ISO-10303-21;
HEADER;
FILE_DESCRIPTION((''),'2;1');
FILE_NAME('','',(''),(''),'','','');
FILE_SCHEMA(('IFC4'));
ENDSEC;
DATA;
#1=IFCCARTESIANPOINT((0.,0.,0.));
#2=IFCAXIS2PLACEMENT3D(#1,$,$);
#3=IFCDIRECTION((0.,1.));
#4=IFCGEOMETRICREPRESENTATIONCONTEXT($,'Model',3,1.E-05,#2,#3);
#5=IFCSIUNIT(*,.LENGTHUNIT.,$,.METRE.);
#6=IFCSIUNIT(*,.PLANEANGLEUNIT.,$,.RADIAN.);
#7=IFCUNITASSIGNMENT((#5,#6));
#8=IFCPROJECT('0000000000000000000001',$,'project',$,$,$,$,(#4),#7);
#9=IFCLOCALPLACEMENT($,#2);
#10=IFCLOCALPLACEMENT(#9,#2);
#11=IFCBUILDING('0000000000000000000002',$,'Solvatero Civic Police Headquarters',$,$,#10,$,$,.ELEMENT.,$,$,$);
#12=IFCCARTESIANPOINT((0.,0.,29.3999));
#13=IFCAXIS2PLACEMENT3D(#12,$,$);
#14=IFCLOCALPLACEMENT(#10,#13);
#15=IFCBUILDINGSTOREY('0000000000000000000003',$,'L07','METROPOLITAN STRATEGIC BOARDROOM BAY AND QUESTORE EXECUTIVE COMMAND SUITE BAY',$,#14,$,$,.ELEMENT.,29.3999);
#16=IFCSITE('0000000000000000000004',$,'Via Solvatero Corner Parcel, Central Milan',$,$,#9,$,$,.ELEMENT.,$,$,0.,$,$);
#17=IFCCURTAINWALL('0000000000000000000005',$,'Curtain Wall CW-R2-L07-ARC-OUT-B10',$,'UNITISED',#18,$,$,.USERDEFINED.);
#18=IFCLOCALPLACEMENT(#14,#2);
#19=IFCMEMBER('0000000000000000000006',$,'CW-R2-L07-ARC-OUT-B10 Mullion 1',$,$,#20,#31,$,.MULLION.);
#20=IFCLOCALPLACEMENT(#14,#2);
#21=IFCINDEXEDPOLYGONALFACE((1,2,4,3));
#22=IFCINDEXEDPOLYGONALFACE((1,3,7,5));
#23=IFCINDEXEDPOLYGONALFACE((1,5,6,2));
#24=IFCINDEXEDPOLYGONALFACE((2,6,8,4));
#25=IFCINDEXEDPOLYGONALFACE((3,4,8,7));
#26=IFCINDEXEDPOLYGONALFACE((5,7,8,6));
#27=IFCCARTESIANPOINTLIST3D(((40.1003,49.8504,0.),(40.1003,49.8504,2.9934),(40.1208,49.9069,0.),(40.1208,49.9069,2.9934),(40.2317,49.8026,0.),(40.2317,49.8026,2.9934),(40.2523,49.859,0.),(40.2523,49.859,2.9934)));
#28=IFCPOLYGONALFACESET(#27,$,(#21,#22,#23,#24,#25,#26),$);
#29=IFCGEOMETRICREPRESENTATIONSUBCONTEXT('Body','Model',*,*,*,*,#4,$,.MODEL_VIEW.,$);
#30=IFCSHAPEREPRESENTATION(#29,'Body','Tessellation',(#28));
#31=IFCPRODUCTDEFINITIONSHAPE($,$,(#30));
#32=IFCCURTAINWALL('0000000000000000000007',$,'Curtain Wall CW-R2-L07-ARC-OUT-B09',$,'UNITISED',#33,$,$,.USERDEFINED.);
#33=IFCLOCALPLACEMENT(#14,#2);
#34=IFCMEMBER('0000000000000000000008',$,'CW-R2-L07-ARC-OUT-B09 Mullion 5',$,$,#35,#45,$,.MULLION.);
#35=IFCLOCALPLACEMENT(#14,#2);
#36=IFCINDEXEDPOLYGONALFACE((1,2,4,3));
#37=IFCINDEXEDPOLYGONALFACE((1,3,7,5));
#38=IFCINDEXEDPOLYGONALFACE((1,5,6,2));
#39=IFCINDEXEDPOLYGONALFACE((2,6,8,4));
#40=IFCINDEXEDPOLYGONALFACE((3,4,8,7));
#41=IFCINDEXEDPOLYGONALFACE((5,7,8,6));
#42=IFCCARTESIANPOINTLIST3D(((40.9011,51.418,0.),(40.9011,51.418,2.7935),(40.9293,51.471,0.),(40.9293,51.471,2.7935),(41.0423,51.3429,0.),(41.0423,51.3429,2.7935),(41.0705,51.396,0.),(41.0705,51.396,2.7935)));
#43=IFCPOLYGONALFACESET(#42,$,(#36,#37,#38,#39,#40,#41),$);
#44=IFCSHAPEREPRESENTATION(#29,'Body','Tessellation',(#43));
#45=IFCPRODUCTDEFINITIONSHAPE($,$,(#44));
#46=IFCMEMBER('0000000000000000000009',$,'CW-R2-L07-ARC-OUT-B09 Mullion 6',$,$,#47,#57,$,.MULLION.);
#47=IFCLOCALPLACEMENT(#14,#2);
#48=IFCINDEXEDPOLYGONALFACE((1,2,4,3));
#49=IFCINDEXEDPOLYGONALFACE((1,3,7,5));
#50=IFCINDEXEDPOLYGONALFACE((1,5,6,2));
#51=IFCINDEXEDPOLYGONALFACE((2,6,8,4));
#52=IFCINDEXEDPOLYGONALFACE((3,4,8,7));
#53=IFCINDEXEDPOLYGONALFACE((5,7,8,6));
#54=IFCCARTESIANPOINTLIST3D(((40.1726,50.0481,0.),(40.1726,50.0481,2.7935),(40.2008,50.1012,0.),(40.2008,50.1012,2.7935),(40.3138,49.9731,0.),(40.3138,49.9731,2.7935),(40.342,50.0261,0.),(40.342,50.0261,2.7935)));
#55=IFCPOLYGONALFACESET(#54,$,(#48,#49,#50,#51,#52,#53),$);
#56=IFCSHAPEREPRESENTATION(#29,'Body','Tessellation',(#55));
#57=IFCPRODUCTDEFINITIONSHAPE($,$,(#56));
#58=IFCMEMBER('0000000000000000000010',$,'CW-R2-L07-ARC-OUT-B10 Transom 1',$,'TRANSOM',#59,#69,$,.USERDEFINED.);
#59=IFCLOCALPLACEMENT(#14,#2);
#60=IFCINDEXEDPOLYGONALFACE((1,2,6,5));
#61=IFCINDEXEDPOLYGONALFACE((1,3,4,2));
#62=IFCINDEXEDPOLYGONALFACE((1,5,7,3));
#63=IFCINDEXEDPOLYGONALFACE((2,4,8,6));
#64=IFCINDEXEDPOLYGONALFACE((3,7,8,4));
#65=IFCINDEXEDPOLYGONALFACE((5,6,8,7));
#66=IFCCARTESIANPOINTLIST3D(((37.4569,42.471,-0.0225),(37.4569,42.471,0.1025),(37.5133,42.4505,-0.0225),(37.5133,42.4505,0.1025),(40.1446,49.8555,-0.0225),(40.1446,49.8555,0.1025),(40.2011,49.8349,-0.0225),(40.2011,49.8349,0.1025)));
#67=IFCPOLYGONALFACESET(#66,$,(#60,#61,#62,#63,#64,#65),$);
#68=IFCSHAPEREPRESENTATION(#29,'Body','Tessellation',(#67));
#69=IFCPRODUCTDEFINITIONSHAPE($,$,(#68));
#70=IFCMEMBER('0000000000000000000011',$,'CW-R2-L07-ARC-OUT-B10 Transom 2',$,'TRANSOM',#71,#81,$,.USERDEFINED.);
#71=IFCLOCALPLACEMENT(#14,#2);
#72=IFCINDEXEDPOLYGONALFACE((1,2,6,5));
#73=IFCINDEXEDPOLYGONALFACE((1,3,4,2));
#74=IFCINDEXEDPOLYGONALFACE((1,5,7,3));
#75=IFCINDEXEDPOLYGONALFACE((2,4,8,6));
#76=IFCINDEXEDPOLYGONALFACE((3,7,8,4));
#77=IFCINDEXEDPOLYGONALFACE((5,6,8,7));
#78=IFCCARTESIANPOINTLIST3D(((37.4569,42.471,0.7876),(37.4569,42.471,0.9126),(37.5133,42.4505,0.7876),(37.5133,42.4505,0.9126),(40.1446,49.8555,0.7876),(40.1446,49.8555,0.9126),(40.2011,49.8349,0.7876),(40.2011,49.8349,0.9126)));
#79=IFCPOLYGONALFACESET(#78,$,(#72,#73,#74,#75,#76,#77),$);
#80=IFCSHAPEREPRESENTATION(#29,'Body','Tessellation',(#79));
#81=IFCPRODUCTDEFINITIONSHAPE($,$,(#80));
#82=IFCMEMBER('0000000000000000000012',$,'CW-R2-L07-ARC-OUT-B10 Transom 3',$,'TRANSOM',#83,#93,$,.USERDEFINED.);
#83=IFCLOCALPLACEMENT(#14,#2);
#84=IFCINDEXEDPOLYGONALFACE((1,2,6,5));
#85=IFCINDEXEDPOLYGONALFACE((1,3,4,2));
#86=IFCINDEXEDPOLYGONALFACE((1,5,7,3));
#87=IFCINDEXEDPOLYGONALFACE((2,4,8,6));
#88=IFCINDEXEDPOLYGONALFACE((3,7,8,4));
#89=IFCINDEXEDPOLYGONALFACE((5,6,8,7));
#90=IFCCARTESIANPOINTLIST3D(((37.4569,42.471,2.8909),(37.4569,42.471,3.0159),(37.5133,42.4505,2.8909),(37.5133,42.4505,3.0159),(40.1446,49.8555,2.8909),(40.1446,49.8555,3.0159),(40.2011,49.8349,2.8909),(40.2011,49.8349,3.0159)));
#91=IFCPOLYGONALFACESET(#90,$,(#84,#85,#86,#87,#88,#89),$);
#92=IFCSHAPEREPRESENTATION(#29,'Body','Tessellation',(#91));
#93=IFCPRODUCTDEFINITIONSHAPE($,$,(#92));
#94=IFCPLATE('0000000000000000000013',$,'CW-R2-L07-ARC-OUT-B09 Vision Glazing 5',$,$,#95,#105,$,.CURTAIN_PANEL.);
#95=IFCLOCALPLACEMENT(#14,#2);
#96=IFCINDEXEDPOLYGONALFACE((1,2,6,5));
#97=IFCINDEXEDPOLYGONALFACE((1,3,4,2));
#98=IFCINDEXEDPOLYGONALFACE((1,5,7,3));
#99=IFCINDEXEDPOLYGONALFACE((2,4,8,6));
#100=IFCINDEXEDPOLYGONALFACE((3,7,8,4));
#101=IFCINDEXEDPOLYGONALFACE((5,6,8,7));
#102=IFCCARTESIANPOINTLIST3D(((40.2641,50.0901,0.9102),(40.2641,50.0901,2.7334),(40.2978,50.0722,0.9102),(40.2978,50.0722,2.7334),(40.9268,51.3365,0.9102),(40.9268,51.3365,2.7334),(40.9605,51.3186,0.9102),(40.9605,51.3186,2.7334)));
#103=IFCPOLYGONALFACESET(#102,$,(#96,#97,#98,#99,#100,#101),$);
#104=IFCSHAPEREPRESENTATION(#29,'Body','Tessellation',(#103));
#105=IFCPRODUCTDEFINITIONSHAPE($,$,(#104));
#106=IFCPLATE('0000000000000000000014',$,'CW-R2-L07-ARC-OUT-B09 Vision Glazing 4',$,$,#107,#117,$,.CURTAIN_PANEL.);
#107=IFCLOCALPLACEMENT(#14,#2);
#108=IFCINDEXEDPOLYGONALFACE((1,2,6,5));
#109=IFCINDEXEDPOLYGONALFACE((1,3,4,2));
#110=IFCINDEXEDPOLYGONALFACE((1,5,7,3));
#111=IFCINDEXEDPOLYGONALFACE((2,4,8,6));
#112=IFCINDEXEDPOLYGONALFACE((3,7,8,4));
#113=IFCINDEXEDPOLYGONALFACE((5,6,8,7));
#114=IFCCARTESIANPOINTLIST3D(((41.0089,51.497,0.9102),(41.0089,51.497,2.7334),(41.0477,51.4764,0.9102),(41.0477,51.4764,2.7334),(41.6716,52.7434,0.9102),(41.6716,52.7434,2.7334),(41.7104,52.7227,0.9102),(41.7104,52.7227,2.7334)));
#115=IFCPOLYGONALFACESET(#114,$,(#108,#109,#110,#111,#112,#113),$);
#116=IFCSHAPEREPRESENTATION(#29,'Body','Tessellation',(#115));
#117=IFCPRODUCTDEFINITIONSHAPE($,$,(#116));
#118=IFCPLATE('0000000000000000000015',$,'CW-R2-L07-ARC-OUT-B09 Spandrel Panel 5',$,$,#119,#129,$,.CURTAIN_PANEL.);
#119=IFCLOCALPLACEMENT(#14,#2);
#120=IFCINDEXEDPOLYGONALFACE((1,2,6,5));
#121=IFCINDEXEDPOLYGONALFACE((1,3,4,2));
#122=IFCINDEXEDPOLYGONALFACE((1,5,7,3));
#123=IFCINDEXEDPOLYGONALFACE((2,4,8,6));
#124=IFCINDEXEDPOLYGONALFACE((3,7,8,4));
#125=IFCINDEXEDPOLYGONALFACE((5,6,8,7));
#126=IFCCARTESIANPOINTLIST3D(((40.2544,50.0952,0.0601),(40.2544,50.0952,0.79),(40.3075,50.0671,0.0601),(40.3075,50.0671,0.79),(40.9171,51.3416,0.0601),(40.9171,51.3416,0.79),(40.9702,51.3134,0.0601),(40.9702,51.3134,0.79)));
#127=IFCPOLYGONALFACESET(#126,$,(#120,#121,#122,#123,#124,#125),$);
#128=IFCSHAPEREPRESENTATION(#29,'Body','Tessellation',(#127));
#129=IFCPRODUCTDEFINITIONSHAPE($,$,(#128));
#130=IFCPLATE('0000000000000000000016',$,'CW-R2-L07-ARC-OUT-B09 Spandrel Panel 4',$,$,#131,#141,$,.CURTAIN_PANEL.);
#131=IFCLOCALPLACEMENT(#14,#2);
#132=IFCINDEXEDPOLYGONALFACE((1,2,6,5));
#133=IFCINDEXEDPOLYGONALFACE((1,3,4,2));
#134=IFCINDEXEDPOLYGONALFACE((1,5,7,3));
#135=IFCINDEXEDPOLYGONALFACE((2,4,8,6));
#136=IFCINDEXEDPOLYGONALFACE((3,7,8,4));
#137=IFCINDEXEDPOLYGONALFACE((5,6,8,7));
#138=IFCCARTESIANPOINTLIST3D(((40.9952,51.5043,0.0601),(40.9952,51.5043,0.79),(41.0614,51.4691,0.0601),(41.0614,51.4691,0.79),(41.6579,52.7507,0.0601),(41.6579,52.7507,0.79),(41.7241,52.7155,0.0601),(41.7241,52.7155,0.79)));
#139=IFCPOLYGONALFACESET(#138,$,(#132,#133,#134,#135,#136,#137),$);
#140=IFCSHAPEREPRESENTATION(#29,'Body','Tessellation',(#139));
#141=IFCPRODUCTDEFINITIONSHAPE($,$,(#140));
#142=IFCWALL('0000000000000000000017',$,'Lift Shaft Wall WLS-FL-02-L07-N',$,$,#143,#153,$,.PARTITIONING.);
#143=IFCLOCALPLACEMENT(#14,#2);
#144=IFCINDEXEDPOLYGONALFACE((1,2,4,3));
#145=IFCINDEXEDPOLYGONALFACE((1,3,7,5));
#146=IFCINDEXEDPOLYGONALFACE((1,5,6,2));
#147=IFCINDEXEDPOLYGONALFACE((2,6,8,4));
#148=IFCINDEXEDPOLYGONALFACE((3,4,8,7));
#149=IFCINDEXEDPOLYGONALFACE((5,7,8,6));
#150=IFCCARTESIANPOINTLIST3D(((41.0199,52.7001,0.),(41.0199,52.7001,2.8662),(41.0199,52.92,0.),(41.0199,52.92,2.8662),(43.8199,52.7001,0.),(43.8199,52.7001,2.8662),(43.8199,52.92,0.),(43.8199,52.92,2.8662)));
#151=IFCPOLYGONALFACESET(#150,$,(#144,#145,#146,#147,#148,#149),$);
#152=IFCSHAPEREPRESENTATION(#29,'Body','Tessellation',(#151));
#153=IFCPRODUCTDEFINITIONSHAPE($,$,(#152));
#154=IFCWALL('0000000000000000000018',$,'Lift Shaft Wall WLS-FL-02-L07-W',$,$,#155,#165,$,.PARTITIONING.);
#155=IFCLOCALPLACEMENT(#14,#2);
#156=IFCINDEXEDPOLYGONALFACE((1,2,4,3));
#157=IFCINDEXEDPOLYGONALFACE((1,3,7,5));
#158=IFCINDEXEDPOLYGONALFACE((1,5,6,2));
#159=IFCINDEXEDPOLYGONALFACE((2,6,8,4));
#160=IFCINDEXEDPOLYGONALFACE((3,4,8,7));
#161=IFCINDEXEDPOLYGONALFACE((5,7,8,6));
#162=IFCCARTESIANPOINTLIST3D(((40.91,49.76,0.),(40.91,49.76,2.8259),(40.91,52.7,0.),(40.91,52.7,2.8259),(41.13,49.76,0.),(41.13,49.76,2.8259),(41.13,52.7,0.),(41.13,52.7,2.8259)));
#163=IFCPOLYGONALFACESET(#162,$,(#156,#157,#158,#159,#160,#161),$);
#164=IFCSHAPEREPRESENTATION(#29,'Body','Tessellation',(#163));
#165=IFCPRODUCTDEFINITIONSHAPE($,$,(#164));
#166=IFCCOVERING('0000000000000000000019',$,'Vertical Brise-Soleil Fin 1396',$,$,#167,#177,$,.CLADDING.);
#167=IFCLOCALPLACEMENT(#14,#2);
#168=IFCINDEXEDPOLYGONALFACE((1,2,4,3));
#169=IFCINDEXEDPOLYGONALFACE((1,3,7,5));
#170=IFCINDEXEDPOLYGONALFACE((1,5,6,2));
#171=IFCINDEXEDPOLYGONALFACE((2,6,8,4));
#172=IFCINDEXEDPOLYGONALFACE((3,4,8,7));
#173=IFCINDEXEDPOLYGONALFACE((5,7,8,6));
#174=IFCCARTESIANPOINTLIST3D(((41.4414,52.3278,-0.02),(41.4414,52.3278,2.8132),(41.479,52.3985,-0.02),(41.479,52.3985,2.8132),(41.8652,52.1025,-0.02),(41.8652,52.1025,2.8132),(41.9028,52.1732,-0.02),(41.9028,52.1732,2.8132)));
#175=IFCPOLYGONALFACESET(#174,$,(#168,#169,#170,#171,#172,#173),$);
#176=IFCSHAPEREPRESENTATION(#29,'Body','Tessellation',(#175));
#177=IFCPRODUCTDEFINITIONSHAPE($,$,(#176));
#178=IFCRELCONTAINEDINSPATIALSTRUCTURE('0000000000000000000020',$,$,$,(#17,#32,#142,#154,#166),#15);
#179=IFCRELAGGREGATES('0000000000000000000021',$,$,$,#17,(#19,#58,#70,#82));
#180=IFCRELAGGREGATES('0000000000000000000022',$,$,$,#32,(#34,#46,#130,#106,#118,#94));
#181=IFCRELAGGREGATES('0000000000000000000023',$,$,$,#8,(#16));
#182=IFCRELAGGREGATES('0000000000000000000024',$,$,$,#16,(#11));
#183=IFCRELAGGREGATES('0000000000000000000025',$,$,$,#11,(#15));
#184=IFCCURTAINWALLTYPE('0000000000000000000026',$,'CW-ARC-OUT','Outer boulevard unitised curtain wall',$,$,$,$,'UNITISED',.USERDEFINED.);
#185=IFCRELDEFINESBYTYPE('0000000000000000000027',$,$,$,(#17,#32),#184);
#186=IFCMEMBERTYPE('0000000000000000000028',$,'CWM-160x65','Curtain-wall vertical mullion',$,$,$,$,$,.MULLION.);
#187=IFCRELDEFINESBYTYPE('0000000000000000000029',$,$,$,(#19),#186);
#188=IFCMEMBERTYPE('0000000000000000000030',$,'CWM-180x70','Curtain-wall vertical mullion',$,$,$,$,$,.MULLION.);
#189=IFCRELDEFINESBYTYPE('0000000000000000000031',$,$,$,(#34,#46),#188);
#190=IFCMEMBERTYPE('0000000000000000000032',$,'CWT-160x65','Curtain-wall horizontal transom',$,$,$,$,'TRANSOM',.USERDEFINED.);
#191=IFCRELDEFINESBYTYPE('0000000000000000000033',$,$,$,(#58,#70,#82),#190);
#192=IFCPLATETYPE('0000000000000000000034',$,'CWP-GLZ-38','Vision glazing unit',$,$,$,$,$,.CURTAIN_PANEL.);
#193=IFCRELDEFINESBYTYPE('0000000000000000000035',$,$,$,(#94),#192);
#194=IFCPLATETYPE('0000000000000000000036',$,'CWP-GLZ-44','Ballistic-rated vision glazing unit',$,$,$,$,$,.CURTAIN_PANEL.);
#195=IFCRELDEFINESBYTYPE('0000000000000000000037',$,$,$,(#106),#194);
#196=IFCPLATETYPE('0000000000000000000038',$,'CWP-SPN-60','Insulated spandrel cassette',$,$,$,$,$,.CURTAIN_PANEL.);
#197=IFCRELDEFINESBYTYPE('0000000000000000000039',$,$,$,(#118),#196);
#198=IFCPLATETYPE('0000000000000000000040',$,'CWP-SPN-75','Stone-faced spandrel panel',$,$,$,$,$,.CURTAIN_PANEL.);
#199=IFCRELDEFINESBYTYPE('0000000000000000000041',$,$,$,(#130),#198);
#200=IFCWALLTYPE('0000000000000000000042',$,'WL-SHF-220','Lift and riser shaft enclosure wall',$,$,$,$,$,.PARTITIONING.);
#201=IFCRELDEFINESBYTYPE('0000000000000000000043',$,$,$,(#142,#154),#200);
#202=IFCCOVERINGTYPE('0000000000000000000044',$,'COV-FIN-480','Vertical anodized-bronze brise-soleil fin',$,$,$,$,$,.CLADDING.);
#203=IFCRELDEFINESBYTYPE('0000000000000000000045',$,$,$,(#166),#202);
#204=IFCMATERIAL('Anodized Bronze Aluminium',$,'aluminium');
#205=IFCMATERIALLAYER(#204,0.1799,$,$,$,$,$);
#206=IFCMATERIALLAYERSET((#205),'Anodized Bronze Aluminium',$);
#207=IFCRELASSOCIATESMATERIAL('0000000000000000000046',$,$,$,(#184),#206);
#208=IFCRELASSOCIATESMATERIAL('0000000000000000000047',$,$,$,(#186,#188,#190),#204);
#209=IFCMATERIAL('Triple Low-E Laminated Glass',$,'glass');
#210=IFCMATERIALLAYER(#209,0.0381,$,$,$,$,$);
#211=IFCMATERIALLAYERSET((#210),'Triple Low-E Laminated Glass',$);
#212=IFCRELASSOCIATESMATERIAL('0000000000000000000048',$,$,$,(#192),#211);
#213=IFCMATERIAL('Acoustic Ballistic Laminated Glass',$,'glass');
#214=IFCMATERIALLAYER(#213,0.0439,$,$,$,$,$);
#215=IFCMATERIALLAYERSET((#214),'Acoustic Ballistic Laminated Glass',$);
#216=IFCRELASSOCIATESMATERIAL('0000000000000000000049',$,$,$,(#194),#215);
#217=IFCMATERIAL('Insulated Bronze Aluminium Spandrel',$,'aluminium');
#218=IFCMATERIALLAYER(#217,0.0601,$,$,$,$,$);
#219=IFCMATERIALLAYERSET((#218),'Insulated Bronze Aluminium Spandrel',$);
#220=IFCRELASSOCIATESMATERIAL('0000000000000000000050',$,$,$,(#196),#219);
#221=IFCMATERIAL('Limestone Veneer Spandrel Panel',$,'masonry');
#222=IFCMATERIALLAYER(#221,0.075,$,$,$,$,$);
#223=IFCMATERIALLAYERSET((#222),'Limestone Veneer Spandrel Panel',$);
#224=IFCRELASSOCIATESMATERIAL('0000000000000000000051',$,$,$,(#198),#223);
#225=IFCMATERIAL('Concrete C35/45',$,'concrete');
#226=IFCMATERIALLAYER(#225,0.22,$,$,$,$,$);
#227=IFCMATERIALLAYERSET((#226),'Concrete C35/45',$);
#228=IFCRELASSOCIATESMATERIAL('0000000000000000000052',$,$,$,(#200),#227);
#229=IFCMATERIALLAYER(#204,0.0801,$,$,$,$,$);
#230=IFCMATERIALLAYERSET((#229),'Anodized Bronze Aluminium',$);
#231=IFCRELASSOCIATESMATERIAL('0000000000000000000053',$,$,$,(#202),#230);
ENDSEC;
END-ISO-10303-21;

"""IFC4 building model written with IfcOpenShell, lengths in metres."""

from ifc_helpers import new_model, si_unit, direction, frame, frame_2d, origin, origin_2d, place, context, subcontext, project, spatial, rectangle, extrude, material, layer, layer_set, material_profile, profile_set, type_object, element, aggregate, save


model = new_model("IFC4")

# Units and contexts
model_context = context("Model", 3, precision=1e-05, world=origin(), true_north=direction((0.0, 1.0)))
body_context = subcontext(model_context, "Body", "Model", "MODEL_VIEW")
ifc_project = project(units=[si_unit("LENGTHUNIT", "METRE"), si_unit("PLANEANGLEUNIT", "RADIAN")], contexts=[model_context])

# Site, building, storey
site_placement = place(None, origin())
site = spatial("IfcSite", under=ifc_project, at=site_placement, Name="Via Solvatero Corner Parcel, Central Milan", CompositionType="ELEMENT", RefElevation=0.0)
building_placement = place(site_placement, origin())
building = spatial("IfcBuilding", under=site, at=building_placement, Name="Solvatero Civic Police Headquarters", CompositionType="ELEMENT")
storey_placement = place(building_placement, frame((0.0, 0.0, 29.3999)))
storey = spatial("IfcBuildingStorey", under=building, at=storey_placement, Name="L07", Description="METROPOLITAN STRATEGIC BOARDROOM BAY AND QUESTORE EXECUTIVE COMMAND SUITE BAY", CompositionType="ELEMENT", Elevation=29.3999)

# Curtain wall, member
ifc_material_1 = material(Name="Anodized Bronze Aluminium", Category="aluminium")
ifc_layer_1 = layer(ifc_material_1, 0.1799)
ifc_layer_set_1 = layer_set([ifc_layer_1], Name="Anodized Bronze Aluminium")
curtain_wall_type = type_object("IfcCurtainWallType", Name="CW-ARC-OUT", Description="Outer boulevard unitised curtain wall", ElementType="UNITISED", PredefinedType="USERDEFINED", material=ifc_layer_set_1)
curtain_wall_1_placement = place(storey_placement, origin())
curtain_wall_1 = element("IfcCurtainWall", 1, at=curtain_wall_1_placement, inside=storey, type_object=curtain_wall_type, Name="Curtain Wall CW-R2-L07-ARC-OUT-B10", ObjectType="UNITISED", PredefinedType="USERDEFINED")
ifc_material_profile_1 = material_profile(ifc_material_1, rectangle(XDim=0.0601, YDim=0.1399, at=origin_2d()), Name="ALU MULLION 60x140")
ifc_profile_set_1 = profile_set([ifc_material_profile_1], Name="Anodized Bronze Aluminium")
member_type_1 = type_object("IfcMemberType", Name="CWM-160x65", Description="Curtain-wall vertical mullion", PredefinedType="MULLION", material=ifc_profile_set_1)
member_1_placement = place(storey_placement, frame((40.1763, 49.8547, 0.0), z_axis=(0.0, 0.0, 1.0), x_axis=(-0.34202, -0.939693, 0.0)))
member_1 = element("IfcMember", 2, at=member_1_placement, type_object=member_type_1, Name="CW-R2-L07-ARC-OUT-B10 Mullion 1", PredefinedType="MULLION", context=body_context, shape_type="SweptSolid", body=[
    extrude(rectangle(XDim=0.0601, YDim=0.1399, at=origin_2d()), origin(), (0.0, 0.0, 1.0), 2.9934),
])

# Curtain wall, members
curtain_wall_2_placement = place(storey_placement, origin())
curtain_wall_2 = element("IfcCurtainWall", 3, at=curtain_wall_2_placement, inside=storey, type_object=curtain_wall_type, Name="Curtain Wall CW-R2-L07-ARC-OUT-B09", ObjectType="UNITISED", PredefinedType="USERDEFINED")
ifc_material_profile_2 = material_profile(ifc_material_1, rectangle(XDim=0.0601, YDim=0.1599, at=origin_2d()), Name="ALU MULLION 60x160")
ifc_profile_set_2 = profile_set([ifc_material_profile_2], Name="Anodized Bronze Aluminium")
member_type_2 = type_object("IfcMemberType", Name="CWM-180x70", Description="Curtain-wall vertical mullion", PredefinedType="MULLION", material=ifc_profile_set_2)
member_2_placement = place(storey_placement, frame((40.9858, 51.407, 0.0), z_axis=(0.0, 0.0, 1.0), x_axis=(-0.469472, -0.882948, 0.0)))
member_2 = element("IfcMember", 4, at=member_2_placement, type_object=member_type_2, Name="CW-R2-L07-ARC-OUT-B09 Mullion 5", PredefinedType="MULLION", context=body_context, shape_type="SweptSolid", body=[
    extrude(rectangle(XDim=0.0601, YDim=0.1599, at=origin_2d()), origin(), (0.0, 0.0, 1.0), 2.7935),
])
member_3_placement = place(storey_placement, frame((40.2573, 50.0371, 0.0), z_axis=(0.0, 0.0, 1.0), x_axis=(-0.469472, -0.882948, 0.0)))
member_3 = element("IfcMember", 5, at=member_3_placement, type_object=member_type_2, Name="CW-R2-L07-ARC-OUT-B09 Mullion 6", PredefinedType="MULLION", context=body_context, shape_type="SweptSolid", body=[
    extrude(rectangle(XDim=0.0601, YDim=0.1599, at=origin_2d()), origin(), (0.0, 0.0, 1.0), 2.7935),
])

# Members
ifc_material_profile_3 = material_profile(ifc_material_1, rectangle(XDim=0.0601, YDim=0.125, at=origin_2d()), Name="ALU TRANSOM 60x125")
ifc_profile_set_3 = profile_set([ifc_material_profile_3], Name="Anodized Bronze Aluminium")
member_type_3 = type_object("IfcMemberType", Name="CWT-160x65", Description="Curtain-wall horizontal transom", ElementType="TRANSOM", PredefinedType="USERDEFINED", material=ifc_profile_set_3)
member_4_placement = place(storey_placement, frame((40.1729, 49.8452, 0.04), z_axis=(-0.34202, -0.939693, 0.0), x_axis=(0.939693, -0.34202, 0.0)))
member_4 = element("IfcMember", 6, at=member_4_placement, type_object=member_type_3, Name="CW-R2-L07-ARC-OUT-B10 Transom 1", ObjectType="TRANSOM", PredefinedType="USERDEFINED", context=body_context, shape_type="SweptSolid", body=[
    extrude(rectangle(XDim=0.0601, YDim=0.125, at=origin_2d()), origin(), (0.0, 0.0, 1.0), 7.8584),
])
member_5_placement = place(storey_placement, frame((40.1729, 49.8452, 0.8501), z_axis=(-0.34202, -0.939693, 0.0), x_axis=(0.939693, -0.34202, 0.0)))
member_5 = element("IfcMember", 7, at=member_5_placement, type_object=member_type_3, Name="CW-R2-L07-ARC-OUT-B10 Transom 2", ObjectType="TRANSOM", PredefinedType="USERDEFINED", context=body_context, shape_type="SweptSolid", body=[
    extrude(rectangle(XDim=0.0601, YDim=0.125, at=origin_2d()), origin(), (0.0, 0.0, 1.0), 7.8584),
])
member_6_placement = place(storey_placement, frame((40.1729, 49.8452, 2.9534), z_axis=(-0.34202, -0.939693, 0.0), x_axis=(0.939693, -0.34202, 0.0)))
member_6 = element("IfcMember", 8, at=member_6_placement, type_object=member_type_3, Name="CW-R2-L07-ARC-OUT-B10 Transom 3", ObjectType="TRANSOM", PredefinedType="USERDEFINED", context=body_context, shape_type="SweptSolid", body=[
    extrude(rectangle(XDim=0.0601, YDim=0.125, at=origin_2d()), origin(), (0.0, 0.0, 1.0), 7.8584),
])
aggregate(curtain_wall_1, [member_1, member_4, member_5, member_6])

# Plates
ifc_material_2 = material(Name="Triple Low-E Laminated Glass", Category="glass")
ifc_layer_2 = layer(ifc_material_2, 0.0381)
ifc_layer_set_2 = layer_set([ifc_layer_2], Name="Triple Low-E Laminated Glass")
plate_type_1 = type_object("IfcPlateType", Name="CWP-GLZ-38", Description="Vision glazing unit", PredefinedType="CURTAIN_PANEL", material=ifc_layer_set_2)
plate_1_placement = place(storey_placement, frame((40.6123, 50.7043, 0.9102), z_axis=(0.0, 0.0, 1.0), x_axis=(-0.469472, -0.882948, 0.0)))
plate_1 = element("IfcPlate", 9, at=plate_1_placement, type_object=plate_type_1, Name="CW-R2-L07-ARC-OUT-B09 Vision Glazing 5", PredefinedType="CURTAIN_PANEL", context=body_context, shape_type="SweptSolid", body=[
    extrude(rectangle(XDim=1.4116, YDim=0.0381, at=origin_2d()), origin(), (0.0, 0.0, 1.0), 1.8232),
])
ifc_material_3 = material(Name="Acoustic Ballistic Laminated Glass", Category="glass")
ifc_layer_3 = layer(ifc_material_3, 0.0439)
ifc_layer_set_3 = layer_set([ifc_layer_3], Name="Acoustic Ballistic Laminated Glass")
plate_type_2 = type_object("IfcPlateType", Name="CWP-GLZ-44", Description="Ballistic-rated vision glazing unit", PredefinedType="CURTAIN_PANEL", material=ifc_layer_set_3)
plate_2_placement = place(storey_placement, frame((41.3596, 52.1099, 0.9102), z_axis=(0.0, 0.0, 1.0), x_axis=(-0.469472, -0.882948, 0.0)))
plate_2 = element("IfcPlate", 10, at=plate_2_placement, type_object=plate_type_2, Name="CW-R2-L07-ARC-OUT-B09 Vision Glazing 4", PredefinedType="CURTAIN_PANEL", context=body_context, shape_type="SweptSolid", body=[
    extrude(rectangle(XDim=1.4116, YDim=0.0439, at=origin_2d()), origin(), (0.0, 0.0, 1.0), 1.8232),
])
ifc_material_4 = material(Name="Insulated Bronze Aluminium Spandrel", Category="aluminium")
ifc_layer_4 = layer(ifc_material_4, 0.0601)
ifc_layer_set_4 = layer_set([ifc_layer_4], Name="Insulated Bronze Aluminium Spandrel")
plate_type_3 = type_object("IfcPlateType", Name="CWP-SPN-60", Description="Insulated spandrel cassette", PredefinedType="CURTAIN_PANEL", material=ifc_layer_set_4)
plate_3_placement = place(storey_placement, frame((40.6123, 50.7043, 0.0601), z_axis=(0.0, 0.0, 1.0), x_axis=(-0.469472, -0.882948, 0.0)))
plate_3 = element("IfcPlate", 11, at=plate_3_placement, type_object=plate_type_3, Name="CW-R2-L07-ARC-OUT-B09 Spandrel Panel 5", PredefinedType="CURTAIN_PANEL", context=body_context, shape_type="SweptSolid", body=[
    extrude(rectangle(XDim=1.4116, YDim=0.0601, at=origin_2d()), origin(), (0.0, 0.0, 1.0), 0.73),
])
ifc_material_5 = material(Name="Limestone Veneer Spandrel Panel", Category="masonry")
ifc_layer_5 = layer(ifc_material_5, 0.075)
ifc_layer_set_5 = layer_set([ifc_layer_5], Name="Limestone Veneer Spandrel Panel")
plate_type_4 = type_object("IfcPlateType", Name="CWP-SPN-75", Description="Stone-faced spandrel panel", PredefinedType="CURTAIN_PANEL", material=ifc_layer_set_5)
plate_4_placement = place(storey_placement, frame((41.3596, 52.1099, 0.0601), z_axis=(0.0, 0.0, 1.0), x_axis=(-0.469472, -0.882948, 0.0)))
plate_4 = element("IfcPlate", 12, at=plate_4_placement, type_object=plate_type_4, Name="CW-R2-L07-ARC-OUT-B09 Spandrel Panel 4", PredefinedType="CURTAIN_PANEL", context=body_context, shape_type="SweptSolid", body=[
    extrude(rectangle(XDim=1.4116, YDim=0.075, at=origin_2d()), origin(), (0.0, 0.0, 1.0), 0.73),
])
aggregate(curtain_wall_2, [member_2, member_3, plate_4, plate_2, plate_3, plate_1])

# Walls
ifc_material_6 = material(Name="Concrete C35/45", Category="concrete")
ifc_layer_6 = layer(ifc_material_6, 0.22)
ifc_layer_set_6 = layer_set([ifc_layer_6], Name="Concrete C35/45")
wall_type = type_object("IfcWallType", Name="WL-SHF-220", Description="Lift and riser shaft enclosure wall", PredefinedType="PARTITIONING", material=ifc_layer_set_6)
wall_1_placement = place(storey_placement, frame((41.02, 52.8101, 0.0), z_axis=(0.0, 0.0, 1.0), x_axis=(1.0, 0.0, 0.0)))
element("IfcWall", 13, at=wall_1_placement, inside=storey, type_object=wall_type, Name="Lift Shaft Wall WLS-FL-02-L07-N", PredefinedType="PARTITIONING", context=body_context, shape_type="SweptSolid", body=[
    extrude(rectangle(XDim=2.8, YDim=0.22, at=frame_2d((1.3999, 0.0))), origin(), (0.0, 0.0, 1.0), 2.8662),
])
wall_2_placement = place(storey_placement, frame((41.02, 49.76, 0.0), z_axis=(0.0, 0.0, 1.0), x_axis=(0.0, 1.0, 0.0)))
element("IfcWall", 14, at=wall_2_placement, inside=storey, type_object=wall_type, Name="Lift Shaft Wall WLS-FL-02-L07-W", PredefinedType="PARTITIONING", context=body_context, shape_type="SweptSolid", body=[
    extrude(rectangle(XDim=2.9399, YDim=0.22, at=frame_2d((1.47, 0.0))), origin(), (0.0, 0.0, 1.0), 2.8259),
])

# Covering
ifc_layer_7 = layer(ifc_material_1, 0.0801)
ifc_layer_set_7 = layer_set([ifc_layer_7], Name="Anodized Bronze Aluminium")
covering_type = type_object("IfcCoveringType", Name="COV-FIN-480", Description="Vertical anodized-bronze brise-soleil fin", PredefinedType="CLADDING", material=ifc_layer_set_7)
for number, where, z_axis, x_axis, name in (
    (15, (41.6721, 52.2505, -0.02), (0.0, 0.0, 1.0), (-0.469472, -0.882948, 0.0), "Vertical Brise-Soleil Fin 1396"),
):
    element("IfcCovering", number, at=place(storey_placement, frame(where, z_axis=z_axis, x_axis=x_axis)), inside=storey, type_object=covering_type, Name=name, PredefinedType="CLADDING", context=body_context, shape_type="SweptSolid", body=[
        extrude(rectangle(XDim=0.0801, YDim=0.48, at=origin_2d()), origin(), (0.0, 0.0, 1.0), 2.8333),
    ])

save(model, "model.ifc")
